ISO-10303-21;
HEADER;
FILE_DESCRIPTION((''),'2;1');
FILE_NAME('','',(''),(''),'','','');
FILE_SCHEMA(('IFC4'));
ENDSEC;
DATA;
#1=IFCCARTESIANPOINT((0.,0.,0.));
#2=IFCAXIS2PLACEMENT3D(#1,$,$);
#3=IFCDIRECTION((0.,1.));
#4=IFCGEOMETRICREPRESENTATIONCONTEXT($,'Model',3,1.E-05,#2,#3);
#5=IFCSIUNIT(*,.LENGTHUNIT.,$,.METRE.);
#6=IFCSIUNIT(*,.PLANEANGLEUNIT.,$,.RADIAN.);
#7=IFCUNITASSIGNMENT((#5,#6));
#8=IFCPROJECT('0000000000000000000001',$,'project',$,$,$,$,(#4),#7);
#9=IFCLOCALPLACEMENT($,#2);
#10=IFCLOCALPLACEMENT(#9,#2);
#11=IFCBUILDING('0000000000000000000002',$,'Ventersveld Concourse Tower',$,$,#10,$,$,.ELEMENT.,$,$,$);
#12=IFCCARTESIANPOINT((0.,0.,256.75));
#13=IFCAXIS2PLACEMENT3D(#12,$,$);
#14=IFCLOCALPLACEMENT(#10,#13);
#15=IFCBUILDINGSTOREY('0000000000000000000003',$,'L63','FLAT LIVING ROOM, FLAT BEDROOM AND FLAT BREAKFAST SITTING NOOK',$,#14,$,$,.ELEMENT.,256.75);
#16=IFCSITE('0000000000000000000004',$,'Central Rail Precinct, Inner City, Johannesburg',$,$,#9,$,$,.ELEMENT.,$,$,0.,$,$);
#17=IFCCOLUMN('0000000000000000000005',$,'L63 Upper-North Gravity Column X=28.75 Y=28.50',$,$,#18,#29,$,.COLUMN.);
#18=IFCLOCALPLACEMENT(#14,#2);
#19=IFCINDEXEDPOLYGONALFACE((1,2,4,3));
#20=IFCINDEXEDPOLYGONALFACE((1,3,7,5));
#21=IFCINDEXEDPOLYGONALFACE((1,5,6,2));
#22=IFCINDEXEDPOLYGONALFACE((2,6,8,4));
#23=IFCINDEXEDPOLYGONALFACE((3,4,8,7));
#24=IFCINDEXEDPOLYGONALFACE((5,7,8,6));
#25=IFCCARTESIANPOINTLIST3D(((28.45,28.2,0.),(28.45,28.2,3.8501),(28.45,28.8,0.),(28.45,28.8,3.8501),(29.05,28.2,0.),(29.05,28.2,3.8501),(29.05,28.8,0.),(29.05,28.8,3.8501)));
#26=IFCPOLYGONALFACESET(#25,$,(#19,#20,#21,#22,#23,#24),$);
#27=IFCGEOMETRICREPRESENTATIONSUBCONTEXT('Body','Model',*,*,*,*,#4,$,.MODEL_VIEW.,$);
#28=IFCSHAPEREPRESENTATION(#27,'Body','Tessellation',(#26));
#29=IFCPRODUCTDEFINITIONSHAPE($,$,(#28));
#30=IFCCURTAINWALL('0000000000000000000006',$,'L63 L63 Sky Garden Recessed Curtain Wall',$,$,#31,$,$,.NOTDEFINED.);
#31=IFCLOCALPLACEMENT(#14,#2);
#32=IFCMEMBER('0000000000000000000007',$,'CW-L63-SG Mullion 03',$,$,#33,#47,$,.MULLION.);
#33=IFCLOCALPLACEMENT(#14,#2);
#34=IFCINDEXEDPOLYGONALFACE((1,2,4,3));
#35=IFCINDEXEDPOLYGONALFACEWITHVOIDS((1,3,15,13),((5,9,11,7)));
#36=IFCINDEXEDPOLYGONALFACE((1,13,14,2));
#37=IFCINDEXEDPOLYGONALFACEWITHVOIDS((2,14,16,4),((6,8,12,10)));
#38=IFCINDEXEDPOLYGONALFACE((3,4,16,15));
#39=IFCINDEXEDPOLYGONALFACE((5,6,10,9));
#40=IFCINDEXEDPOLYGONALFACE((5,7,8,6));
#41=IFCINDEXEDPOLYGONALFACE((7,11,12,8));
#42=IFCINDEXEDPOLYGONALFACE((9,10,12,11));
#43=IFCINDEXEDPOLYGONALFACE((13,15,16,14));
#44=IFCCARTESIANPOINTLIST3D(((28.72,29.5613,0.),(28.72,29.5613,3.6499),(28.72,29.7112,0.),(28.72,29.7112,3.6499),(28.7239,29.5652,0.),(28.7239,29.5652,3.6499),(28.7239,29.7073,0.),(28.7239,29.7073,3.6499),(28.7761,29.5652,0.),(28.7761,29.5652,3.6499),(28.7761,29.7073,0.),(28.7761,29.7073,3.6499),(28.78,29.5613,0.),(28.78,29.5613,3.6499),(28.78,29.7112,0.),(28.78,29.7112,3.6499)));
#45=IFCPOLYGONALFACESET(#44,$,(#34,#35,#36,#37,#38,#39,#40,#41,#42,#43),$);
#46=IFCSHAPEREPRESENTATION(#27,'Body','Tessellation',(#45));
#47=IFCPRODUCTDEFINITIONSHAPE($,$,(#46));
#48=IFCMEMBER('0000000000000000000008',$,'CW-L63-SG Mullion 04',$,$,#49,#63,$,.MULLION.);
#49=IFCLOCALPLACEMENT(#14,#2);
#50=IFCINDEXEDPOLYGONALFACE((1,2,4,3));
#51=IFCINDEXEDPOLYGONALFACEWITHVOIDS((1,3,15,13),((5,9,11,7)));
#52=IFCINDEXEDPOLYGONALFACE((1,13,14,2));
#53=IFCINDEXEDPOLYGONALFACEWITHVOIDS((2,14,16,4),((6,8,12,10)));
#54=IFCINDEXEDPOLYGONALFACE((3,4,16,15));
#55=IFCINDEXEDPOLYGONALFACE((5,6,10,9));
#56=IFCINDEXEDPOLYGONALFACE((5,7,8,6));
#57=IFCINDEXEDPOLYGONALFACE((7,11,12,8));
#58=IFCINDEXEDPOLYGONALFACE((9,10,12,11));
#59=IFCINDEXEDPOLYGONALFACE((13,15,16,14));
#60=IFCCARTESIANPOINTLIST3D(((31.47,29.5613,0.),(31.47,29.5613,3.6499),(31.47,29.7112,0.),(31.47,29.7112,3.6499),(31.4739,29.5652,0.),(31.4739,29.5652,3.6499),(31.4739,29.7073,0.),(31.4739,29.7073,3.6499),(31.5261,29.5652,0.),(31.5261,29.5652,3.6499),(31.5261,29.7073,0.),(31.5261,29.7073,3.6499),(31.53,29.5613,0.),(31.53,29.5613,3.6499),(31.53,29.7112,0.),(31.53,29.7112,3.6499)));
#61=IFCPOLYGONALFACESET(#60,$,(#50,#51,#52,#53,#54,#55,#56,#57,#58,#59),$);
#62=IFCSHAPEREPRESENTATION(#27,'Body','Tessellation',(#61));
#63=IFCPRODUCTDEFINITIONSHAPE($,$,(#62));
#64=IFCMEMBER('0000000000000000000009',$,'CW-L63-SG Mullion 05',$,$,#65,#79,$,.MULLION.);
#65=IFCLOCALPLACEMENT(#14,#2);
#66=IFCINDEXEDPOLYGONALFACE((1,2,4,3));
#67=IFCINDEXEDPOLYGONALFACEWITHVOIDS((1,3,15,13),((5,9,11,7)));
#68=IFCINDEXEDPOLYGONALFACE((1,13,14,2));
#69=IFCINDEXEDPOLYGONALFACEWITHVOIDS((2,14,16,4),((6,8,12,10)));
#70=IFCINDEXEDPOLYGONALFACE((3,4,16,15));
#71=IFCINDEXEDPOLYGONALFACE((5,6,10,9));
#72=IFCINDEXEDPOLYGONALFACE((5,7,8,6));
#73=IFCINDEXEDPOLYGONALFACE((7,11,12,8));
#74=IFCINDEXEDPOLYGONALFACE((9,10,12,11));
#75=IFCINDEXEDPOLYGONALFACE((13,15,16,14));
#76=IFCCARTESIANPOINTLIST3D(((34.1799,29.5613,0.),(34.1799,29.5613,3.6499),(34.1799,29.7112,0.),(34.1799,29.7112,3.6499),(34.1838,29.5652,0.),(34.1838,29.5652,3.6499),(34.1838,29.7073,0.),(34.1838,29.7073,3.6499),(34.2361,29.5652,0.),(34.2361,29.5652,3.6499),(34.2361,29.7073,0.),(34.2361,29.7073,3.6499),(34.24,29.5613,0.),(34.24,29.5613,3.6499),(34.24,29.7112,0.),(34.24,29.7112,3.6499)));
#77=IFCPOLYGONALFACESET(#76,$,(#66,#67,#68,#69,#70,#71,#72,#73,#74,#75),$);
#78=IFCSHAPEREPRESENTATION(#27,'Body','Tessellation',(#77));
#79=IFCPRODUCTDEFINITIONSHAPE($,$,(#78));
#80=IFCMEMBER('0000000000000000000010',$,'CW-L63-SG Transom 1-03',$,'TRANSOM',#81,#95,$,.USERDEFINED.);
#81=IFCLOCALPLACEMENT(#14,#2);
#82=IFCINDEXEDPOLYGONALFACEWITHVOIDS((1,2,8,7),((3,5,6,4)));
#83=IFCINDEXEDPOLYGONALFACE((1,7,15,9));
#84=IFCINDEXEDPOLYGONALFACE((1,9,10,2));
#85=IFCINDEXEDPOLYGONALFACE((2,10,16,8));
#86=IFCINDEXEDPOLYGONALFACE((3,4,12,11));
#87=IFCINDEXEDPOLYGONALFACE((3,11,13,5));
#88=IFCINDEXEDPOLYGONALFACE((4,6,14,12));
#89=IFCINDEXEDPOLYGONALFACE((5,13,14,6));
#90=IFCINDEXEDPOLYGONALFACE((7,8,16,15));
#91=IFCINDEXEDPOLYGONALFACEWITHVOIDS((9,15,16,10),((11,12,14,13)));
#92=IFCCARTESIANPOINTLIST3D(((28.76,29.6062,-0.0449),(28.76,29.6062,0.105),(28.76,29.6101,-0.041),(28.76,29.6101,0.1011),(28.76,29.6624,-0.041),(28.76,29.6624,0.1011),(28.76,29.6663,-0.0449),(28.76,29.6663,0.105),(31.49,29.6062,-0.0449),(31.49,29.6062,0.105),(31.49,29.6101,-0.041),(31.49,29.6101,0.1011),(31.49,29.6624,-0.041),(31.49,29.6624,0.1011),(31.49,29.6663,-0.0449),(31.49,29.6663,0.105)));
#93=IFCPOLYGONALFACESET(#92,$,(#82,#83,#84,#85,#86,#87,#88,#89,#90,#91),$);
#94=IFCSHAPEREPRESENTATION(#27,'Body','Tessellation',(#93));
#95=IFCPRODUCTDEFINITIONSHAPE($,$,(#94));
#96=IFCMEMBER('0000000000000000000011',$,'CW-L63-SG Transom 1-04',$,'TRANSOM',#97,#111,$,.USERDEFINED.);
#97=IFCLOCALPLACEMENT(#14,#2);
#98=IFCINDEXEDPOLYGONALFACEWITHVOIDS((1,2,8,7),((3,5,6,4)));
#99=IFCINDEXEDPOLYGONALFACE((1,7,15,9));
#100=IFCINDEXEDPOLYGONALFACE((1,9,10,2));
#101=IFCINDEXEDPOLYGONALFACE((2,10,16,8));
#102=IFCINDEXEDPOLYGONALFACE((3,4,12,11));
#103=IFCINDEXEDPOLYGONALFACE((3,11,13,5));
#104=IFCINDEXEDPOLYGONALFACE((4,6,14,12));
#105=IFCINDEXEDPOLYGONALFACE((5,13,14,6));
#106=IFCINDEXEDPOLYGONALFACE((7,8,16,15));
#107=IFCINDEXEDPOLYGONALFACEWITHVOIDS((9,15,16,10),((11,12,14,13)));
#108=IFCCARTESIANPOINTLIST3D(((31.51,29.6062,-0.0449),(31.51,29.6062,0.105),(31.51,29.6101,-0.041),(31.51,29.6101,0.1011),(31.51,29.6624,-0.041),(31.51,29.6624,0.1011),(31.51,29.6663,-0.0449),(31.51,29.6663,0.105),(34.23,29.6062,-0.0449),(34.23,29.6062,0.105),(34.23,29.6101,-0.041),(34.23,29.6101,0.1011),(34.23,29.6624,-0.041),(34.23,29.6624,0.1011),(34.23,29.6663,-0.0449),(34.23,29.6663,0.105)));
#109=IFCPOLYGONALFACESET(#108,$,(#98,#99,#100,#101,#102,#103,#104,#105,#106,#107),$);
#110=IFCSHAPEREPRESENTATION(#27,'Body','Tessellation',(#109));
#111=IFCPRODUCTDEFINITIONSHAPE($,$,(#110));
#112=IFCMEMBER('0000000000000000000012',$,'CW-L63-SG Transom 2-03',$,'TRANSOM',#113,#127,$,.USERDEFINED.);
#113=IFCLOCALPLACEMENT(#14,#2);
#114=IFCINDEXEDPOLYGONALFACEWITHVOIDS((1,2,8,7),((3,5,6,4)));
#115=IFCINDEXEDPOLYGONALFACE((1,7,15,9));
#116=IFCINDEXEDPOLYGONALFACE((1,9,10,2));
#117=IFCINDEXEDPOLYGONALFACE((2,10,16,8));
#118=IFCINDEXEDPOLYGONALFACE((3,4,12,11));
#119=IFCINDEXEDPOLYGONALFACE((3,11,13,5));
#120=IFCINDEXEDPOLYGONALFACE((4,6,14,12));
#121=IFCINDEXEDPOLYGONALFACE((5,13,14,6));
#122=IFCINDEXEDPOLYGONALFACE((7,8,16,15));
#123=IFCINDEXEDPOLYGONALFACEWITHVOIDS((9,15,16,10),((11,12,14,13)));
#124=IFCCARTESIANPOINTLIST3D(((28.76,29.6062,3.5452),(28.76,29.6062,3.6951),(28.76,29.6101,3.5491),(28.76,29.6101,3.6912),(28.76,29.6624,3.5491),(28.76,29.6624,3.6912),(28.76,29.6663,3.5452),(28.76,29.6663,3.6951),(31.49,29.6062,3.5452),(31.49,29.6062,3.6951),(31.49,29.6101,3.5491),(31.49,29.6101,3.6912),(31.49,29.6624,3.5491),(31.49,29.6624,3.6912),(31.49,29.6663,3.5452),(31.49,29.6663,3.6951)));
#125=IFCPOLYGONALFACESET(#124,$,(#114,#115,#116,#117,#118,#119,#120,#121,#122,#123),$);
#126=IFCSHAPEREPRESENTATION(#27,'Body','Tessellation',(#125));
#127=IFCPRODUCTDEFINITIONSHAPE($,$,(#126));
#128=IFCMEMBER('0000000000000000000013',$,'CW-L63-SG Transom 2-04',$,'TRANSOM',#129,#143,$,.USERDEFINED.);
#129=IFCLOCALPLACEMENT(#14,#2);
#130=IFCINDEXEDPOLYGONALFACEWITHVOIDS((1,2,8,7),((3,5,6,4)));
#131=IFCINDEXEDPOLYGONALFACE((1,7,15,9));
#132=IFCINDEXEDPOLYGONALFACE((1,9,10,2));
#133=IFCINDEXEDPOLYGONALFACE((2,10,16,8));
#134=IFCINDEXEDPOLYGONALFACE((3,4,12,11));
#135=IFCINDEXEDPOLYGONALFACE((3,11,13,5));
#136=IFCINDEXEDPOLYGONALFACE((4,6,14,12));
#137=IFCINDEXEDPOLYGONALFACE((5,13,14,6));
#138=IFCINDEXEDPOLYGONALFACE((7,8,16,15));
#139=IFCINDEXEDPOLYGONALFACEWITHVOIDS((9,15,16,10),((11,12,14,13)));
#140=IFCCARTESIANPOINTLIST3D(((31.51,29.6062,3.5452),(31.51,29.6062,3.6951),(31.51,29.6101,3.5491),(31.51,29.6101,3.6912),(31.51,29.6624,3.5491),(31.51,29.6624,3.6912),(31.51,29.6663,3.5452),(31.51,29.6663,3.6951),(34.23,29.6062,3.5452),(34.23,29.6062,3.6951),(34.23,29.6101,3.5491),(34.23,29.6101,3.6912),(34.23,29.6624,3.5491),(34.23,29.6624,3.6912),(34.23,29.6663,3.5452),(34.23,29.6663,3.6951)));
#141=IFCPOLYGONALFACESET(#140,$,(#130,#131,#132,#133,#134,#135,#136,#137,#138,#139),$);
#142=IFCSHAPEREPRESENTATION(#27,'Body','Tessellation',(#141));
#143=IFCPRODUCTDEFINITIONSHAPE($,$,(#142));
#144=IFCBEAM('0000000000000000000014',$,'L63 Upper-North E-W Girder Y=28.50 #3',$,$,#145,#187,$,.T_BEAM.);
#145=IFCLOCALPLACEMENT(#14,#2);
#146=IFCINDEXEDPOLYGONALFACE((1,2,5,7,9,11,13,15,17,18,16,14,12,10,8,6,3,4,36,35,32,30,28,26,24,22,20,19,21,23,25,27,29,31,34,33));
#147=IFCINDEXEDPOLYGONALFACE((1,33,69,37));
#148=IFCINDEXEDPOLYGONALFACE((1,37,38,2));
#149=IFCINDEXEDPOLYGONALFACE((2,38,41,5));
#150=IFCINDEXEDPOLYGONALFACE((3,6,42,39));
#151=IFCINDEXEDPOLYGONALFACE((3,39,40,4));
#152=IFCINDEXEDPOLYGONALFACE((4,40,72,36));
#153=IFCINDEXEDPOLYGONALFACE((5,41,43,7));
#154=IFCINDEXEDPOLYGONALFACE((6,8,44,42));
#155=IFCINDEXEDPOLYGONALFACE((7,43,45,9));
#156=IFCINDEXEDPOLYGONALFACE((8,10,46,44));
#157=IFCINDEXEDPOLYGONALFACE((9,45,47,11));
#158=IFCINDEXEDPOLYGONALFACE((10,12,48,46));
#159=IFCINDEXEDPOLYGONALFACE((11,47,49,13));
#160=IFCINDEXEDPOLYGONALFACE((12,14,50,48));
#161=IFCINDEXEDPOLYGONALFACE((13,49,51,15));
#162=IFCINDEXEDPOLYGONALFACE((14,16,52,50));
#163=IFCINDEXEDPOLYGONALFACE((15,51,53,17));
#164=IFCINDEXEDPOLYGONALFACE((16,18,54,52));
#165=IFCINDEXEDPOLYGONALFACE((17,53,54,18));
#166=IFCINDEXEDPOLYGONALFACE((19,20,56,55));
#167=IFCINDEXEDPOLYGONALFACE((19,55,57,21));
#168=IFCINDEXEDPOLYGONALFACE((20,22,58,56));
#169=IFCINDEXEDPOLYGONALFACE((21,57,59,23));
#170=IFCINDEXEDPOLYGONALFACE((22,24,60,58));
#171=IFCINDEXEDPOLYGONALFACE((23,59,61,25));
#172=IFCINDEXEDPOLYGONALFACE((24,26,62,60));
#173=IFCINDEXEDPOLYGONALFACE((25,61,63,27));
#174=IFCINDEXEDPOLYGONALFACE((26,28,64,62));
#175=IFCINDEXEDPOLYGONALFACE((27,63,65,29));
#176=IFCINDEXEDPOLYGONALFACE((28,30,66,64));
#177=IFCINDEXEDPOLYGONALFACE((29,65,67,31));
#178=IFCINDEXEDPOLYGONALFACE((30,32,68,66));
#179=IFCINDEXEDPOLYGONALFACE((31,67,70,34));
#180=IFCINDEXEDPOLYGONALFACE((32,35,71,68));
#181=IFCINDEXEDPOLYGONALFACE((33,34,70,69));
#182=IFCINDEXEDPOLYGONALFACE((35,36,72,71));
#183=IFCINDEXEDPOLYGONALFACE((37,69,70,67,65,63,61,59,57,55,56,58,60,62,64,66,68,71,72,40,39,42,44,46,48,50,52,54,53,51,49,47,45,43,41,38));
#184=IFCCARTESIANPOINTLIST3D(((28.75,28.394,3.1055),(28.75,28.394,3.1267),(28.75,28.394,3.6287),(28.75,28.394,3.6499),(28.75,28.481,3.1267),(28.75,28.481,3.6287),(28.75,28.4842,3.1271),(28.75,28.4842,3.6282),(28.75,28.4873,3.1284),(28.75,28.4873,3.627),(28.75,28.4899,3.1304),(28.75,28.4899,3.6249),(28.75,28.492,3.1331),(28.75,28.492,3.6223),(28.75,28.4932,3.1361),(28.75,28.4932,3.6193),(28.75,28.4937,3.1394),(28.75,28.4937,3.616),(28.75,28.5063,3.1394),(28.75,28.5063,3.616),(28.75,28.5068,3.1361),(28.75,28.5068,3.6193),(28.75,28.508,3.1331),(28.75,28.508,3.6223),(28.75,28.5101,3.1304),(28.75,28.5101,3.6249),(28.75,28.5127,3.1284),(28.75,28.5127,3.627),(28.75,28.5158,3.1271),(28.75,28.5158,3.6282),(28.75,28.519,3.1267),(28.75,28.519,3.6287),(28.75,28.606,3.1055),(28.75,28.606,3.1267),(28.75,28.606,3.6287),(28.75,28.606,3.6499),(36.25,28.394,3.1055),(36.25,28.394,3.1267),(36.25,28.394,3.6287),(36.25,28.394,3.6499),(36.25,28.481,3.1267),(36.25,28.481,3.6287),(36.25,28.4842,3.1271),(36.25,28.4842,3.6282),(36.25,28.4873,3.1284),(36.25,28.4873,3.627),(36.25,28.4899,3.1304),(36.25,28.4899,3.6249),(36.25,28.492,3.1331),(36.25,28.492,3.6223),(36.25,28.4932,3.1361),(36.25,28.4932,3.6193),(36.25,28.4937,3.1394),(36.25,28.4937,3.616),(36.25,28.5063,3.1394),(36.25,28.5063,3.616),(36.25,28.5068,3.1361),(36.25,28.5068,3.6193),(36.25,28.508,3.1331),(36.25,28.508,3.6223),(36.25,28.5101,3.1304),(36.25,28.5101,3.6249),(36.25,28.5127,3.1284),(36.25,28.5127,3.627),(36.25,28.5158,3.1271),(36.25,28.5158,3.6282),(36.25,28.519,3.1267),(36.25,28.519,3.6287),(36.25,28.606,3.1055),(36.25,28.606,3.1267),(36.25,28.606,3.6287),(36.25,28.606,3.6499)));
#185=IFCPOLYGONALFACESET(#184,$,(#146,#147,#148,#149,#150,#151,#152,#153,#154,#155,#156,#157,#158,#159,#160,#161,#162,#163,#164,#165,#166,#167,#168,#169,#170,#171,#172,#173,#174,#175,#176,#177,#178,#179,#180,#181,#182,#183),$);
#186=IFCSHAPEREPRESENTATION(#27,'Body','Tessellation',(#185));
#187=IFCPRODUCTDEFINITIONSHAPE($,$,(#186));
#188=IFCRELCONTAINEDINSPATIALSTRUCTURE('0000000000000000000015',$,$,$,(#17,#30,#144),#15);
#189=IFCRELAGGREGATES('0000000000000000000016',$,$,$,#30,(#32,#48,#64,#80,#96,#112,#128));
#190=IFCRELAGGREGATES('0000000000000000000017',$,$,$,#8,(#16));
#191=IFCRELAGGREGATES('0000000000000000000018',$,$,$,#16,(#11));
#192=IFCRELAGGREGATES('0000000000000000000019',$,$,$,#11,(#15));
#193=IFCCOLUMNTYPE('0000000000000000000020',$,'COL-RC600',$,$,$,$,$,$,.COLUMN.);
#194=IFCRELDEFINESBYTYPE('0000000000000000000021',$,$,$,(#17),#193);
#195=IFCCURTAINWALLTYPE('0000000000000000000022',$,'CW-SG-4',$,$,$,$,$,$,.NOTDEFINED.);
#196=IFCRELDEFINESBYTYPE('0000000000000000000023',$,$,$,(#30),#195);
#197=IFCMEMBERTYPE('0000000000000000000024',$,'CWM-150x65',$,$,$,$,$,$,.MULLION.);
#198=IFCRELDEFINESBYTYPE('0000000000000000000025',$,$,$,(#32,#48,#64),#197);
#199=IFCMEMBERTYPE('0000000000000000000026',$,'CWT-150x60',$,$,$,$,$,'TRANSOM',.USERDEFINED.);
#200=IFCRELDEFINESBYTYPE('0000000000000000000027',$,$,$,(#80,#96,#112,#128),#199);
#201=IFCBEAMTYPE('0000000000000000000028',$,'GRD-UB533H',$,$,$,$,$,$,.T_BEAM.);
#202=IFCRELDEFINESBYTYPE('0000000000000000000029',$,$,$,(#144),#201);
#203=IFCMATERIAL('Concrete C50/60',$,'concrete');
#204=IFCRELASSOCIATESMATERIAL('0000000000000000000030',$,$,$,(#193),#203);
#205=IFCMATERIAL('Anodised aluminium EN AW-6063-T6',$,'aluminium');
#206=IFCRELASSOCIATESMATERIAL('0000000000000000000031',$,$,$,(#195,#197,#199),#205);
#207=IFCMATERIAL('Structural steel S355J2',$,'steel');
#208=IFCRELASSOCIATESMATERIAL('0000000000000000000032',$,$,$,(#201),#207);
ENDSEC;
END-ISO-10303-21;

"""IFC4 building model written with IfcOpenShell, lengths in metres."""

from ifc_helpers import new_model, si_unit, direction, frame, origin, origin_2d, place, context, subcontext, project, spatial, rectangle, hollow_rectangle, i_section, extrude, material, material_profile, profile_set, type_object, element, aggregate, save


model = new_model("IFC4")

# Units and contexts
model_context = context("Model", 3, precision=1e-05, world=origin(), true_north=direction((0.0, 1.0)))
body_context = subcontext(model_context, "Body", "Model", "MODEL_VIEW")
ifc_project = project(units=[si_unit("LENGTHUNIT", "METRE"), si_unit("PLANEANGLEUNIT", "RADIAN")], contexts=[model_context])

# Site, building, storey
site_placement = place(None, origin())
site = spatial("IfcSite", under=ifc_project, at=site_placement, Name="Central Rail Precinct, Inner City, Johannesburg", CompositionType="ELEMENT", RefElevation=0.0)
building_placement = place(site_placement, origin())
building = spatial("IfcBuilding", under=site, at=building_placement, Name="Ventersveld Concourse Tower", CompositionType="ELEMENT")
storey_placement = place(building_placement, frame((0.0, 0.0, 256.75)))
storey = spatial("IfcBuildingStorey", under=building, at=storey_placement, Name="L63", Description="FLAT LIVING ROOM, FLAT BEDROOM AND FLAT BREAKFAST SITTING NOOK", CompositionType="ELEMENT", Elevation=256.75)

# Column
ifc_material_1 = material(Name="Concrete C50/60", Category="concrete")
ifc_material_profile_1 = material_profile(ifc_material_1, rectangle(XDim=0.6001, YDim=0.6001, at=origin_2d()), Name="RC 600x600")
ifc_profile_set_1 = profile_set([ifc_material_profile_1], Name="Concrete C50/60")
column_type = type_object("IfcColumnType", Name="COL-RC600", PredefinedType="COLUMN", material=ifc_profile_set_1)
column_placement = place(storey_placement, frame((28.75, 28.5, 0.0), z_axis=(0.0, 0.0, 1.0), x_axis=(1.0, 0.0, 0.0)))
element("IfcColumn", 1, at=column_placement, inside=storey, type_object=column_type, Name="L63 Upper-North Gravity Column X=28.75 Y=28.50", PredefinedType="COLUMN", context=body_context, shape_type="SweptSolid", body=[
    extrude(rectangle(XDim=0.6001, YDim=0.6001, at=origin_2d()), origin(), (0.0, 0.0, 1.0), 3.8501),
])

# Curtain wall, members
ifc_material_2 = material(Name="Anodised aluminium EN AW-6063-T6", Category="aluminium")
curtain_wall_type = type_object("IfcCurtainWallType", Name="CW-SG-4", PredefinedType="NOTDEFINED", material=ifc_material_2)
curtain_wall_placement = place(storey_placement, origin())
curtain_wall = element("IfcCurtainWall", 2, at=curtain_wall_placement, inside=storey, type_object=curtain_wall_type, Name="L63 L63 Sky Garden Recessed Curtain Wall", PredefinedType="NOTDEFINED")
ifc_material_profile_2 = material_profile(ifc_material_2, hollow_rectangle(XDim=0.0601, YDim=0.1499, WallThickness=0.0039, at=origin_2d()), Name="ALU 150x60x4")
ifc_profile_set_2 = profile_set([ifc_material_profile_2], Name="Anodised aluminium EN AW-6063-T6")
member_type_1 = type_object("IfcMemberType", Name="CWM-150x65", PredefinedType="MULLION", material=ifc_profile_set_2)
member_1_placement = place(storey_placement, frame((28.75, 29.6362, 0.0), z_axis=(0.0, 0.0, 1.0), x_axis=(1.0, 0.0, 0.0)))
member_1 = element("IfcMember", 3, at=member_1_placement, type_object=member_type_1, Name="CW-L63-SG Mullion 03", PredefinedType="MULLION", context=body_context, shape_type="SweptSolid", body=[
    extrude(hollow_rectangle(XDim=0.0601, YDim=0.1499, WallThickness=0.0039, at=origin_2d()), origin(), (0.0, 0.0, 1.0), 3.6499),
])
member_2_placement = place(storey_placement, frame((31.5, 29.6362, 0.0), z_axis=(0.0, 0.0, 1.0), x_axis=(1.0, 0.0, 0.0)))
member_2 = element("IfcMember", 4, at=member_2_placement, type_object=member_type_1, Name="CW-L63-SG Mullion 04", PredefinedType="MULLION", context=body_context, shape_type="SweptSolid", body=[
    extrude(hollow_rectangle(XDim=0.0601, YDim=0.1499, WallThickness=0.0039, at=origin_2d()), origin(), (0.0, 0.0, 1.0), 3.6499),
])
member_3_placement = place(storey_placement, frame((34.21, 29.6362, 0.0), z_axis=(0.0, 0.0, 1.0), x_axis=(1.0, 0.0, 0.0)))
member_3 = element("IfcMember", 5, at=member_3_placement, type_object=member_type_1, Name="CW-L63-SG Mullion 05", PredefinedType="MULLION", context=body_context, shape_type="SweptSolid", body=[
    extrude(hollow_rectangle(XDim=0.0601, YDim=0.1499, WallThickness=0.0039, at=origin_2d()), origin(), (0.0, 0.0, 1.0), 3.6499),
])
ifc_material_profile_3 = material_profile(ifc_material_2, hollow_rectangle(XDim=0.0601, YDim=0.1499, WallThickness=0.0039, at=origin_2d()), Name="ALU 150x60x4")
ifc_profile_set_3 = profile_set([ifc_material_profile_3], Name="Anodised aluminium EN AW-6063-T6")
member_type_2 = type_object("IfcMemberType", Name="CWT-150x60", ElementType="TRANSOM", PredefinedType="USERDEFINED", material=ifc_profile_set_3)
member_4_placement = place(storey_placement, frame((28.76, 29.6362, 0.03), z_axis=(1.0, 0.0, 0.0), x_axis=(0.0, 1.0, 0.0)))
member_4 = element("IfcMember", 6, at=member_4_placement, type_object=member_type_2, Name="CW-L63-SG Transom 1-03", ObjectType="TRANSOM", PredefinedType="USERDEFINED", context=body_context, shape_type="SweptSolid", body=[
    extrude(hollow_rectangle(XDim=0.0601, YDim=0.1499, WallThickness=0.0039, at=origin_2d()), origin(), (0.0, 0.0, 1.0), 2.73),
])
member_5_placement = place(storey_placement, frame((31.51, 29.6362, 0.03), z_axis=(1.0, 0.0, 0.0), x_axis=(0.0, 1.0, 0.0)))
member_5 = element("IfcMember", 7, at=member_5_placement, type_object=member_type_2, Name="CW-L63-SG Transom 1-04", ObjectType="TRANSOM", PredefinedType="USERDEFINED", context=body_context, shape_type="SweptSolid", body=[
    extrude(hollow_rectangle(XDim=0.0601, YDim=0.1499, WallThickness=0.0039, at=origin_2d()), origin(), (0.0, 0.0, 1.0), 2.72),
])
member_6_placement = place(storey_placement, frame((28.76, 29.6362, 3.6201), z_axis=(1.0, 0.0, 0.0), x_axis=(0.0, 1.0, 0.0)))
member_6 = element("IfcMember", 8, at=member_6_placement, type_object=member_type_2, Name="CW-L63-SG Transom 2-03", ObjectType="TRANSOM", PredefinedType="USERDEFINED", context=body_context, shape_type="SweptSolid", body=[
    extrude(hollow_rectangle(XDim=0.0601, YDim=0.1499, WallThickness=0.0039, at=origin_2d()), origin(), (0.0, 0.0, 1.0), 2.73),
])
member_7_placement = place(storey_placement, frame((31.51, 29.6362, 3.6201), z_axis=(1.0, 0.0, 0.0), x_axis=(0.0, 1.0, 0.0)))
member_7 = element("IfcMember", 9, at=member_7_placement, type_object=member_type_2, Name="CW-L63-SG Transom 2-04", ObjectType="TRANSOM", PredefinedType="USERDEFINED", context=body_context, shape_type="SweptSolid", body=[
    extrude(hollow_rectangle(XDim=0.0601, YDim=0.1499, WallThickness=0.0039, at=origin_2d()), origin(), (0.0, 0.0, 1.0), 2.72),
])

# Beam
ifc_material_3 = material(Name="Structural steel S355J2", Category="steel")
ifc_material_profile_4 = material_profile(ifc_material_3, i_section(OverallWidth=0.2119, OverallDepth=0.5444, WebThickness=0.0127, FlangeThickness=0.0212, FilletRadius=0.0127, at=origin_2d()), Name="UB 533x210x122")
ifc_profile_set_4 = profile_set([ifc_material_profile_4], Name="Structural steel S355J2")
beam_type = type_object("IfcBeamType", Name="GRD-UB533H", PredefinedType="T_BEAM", material=ifc_profile_set_4)
beam_placement = place(storey_placement, frame((28.75, 28.5, 3.3777), z_axis=(1.0, 0.0, 0.0), x_axis=(0.0, 1.0, 0.0)))
element("IfcBeam", 10, at=beam_placement, inside=storey, type_object=beam_type, Name="L63 Upper-North E-W Girder Y=28.50 #3", PredefinedType="T_BEAM", context=body_context, shape_type="SweptSolid", body=[
    extrude(i_section(OverallWidth=0.2119, OverallDepth=0.5444, WebThickness=0.0127, FlangeThickness=0.0212, FilletRadius=0.0127, at=origin_2d()), origin(), (0.0, 0.0, 1.0), 7.5),
])

aggregate(curtain_wall, [member_1, member_2, member_3, member_4, member_5, member_6, member_7])

save(model, "model.ifc")
